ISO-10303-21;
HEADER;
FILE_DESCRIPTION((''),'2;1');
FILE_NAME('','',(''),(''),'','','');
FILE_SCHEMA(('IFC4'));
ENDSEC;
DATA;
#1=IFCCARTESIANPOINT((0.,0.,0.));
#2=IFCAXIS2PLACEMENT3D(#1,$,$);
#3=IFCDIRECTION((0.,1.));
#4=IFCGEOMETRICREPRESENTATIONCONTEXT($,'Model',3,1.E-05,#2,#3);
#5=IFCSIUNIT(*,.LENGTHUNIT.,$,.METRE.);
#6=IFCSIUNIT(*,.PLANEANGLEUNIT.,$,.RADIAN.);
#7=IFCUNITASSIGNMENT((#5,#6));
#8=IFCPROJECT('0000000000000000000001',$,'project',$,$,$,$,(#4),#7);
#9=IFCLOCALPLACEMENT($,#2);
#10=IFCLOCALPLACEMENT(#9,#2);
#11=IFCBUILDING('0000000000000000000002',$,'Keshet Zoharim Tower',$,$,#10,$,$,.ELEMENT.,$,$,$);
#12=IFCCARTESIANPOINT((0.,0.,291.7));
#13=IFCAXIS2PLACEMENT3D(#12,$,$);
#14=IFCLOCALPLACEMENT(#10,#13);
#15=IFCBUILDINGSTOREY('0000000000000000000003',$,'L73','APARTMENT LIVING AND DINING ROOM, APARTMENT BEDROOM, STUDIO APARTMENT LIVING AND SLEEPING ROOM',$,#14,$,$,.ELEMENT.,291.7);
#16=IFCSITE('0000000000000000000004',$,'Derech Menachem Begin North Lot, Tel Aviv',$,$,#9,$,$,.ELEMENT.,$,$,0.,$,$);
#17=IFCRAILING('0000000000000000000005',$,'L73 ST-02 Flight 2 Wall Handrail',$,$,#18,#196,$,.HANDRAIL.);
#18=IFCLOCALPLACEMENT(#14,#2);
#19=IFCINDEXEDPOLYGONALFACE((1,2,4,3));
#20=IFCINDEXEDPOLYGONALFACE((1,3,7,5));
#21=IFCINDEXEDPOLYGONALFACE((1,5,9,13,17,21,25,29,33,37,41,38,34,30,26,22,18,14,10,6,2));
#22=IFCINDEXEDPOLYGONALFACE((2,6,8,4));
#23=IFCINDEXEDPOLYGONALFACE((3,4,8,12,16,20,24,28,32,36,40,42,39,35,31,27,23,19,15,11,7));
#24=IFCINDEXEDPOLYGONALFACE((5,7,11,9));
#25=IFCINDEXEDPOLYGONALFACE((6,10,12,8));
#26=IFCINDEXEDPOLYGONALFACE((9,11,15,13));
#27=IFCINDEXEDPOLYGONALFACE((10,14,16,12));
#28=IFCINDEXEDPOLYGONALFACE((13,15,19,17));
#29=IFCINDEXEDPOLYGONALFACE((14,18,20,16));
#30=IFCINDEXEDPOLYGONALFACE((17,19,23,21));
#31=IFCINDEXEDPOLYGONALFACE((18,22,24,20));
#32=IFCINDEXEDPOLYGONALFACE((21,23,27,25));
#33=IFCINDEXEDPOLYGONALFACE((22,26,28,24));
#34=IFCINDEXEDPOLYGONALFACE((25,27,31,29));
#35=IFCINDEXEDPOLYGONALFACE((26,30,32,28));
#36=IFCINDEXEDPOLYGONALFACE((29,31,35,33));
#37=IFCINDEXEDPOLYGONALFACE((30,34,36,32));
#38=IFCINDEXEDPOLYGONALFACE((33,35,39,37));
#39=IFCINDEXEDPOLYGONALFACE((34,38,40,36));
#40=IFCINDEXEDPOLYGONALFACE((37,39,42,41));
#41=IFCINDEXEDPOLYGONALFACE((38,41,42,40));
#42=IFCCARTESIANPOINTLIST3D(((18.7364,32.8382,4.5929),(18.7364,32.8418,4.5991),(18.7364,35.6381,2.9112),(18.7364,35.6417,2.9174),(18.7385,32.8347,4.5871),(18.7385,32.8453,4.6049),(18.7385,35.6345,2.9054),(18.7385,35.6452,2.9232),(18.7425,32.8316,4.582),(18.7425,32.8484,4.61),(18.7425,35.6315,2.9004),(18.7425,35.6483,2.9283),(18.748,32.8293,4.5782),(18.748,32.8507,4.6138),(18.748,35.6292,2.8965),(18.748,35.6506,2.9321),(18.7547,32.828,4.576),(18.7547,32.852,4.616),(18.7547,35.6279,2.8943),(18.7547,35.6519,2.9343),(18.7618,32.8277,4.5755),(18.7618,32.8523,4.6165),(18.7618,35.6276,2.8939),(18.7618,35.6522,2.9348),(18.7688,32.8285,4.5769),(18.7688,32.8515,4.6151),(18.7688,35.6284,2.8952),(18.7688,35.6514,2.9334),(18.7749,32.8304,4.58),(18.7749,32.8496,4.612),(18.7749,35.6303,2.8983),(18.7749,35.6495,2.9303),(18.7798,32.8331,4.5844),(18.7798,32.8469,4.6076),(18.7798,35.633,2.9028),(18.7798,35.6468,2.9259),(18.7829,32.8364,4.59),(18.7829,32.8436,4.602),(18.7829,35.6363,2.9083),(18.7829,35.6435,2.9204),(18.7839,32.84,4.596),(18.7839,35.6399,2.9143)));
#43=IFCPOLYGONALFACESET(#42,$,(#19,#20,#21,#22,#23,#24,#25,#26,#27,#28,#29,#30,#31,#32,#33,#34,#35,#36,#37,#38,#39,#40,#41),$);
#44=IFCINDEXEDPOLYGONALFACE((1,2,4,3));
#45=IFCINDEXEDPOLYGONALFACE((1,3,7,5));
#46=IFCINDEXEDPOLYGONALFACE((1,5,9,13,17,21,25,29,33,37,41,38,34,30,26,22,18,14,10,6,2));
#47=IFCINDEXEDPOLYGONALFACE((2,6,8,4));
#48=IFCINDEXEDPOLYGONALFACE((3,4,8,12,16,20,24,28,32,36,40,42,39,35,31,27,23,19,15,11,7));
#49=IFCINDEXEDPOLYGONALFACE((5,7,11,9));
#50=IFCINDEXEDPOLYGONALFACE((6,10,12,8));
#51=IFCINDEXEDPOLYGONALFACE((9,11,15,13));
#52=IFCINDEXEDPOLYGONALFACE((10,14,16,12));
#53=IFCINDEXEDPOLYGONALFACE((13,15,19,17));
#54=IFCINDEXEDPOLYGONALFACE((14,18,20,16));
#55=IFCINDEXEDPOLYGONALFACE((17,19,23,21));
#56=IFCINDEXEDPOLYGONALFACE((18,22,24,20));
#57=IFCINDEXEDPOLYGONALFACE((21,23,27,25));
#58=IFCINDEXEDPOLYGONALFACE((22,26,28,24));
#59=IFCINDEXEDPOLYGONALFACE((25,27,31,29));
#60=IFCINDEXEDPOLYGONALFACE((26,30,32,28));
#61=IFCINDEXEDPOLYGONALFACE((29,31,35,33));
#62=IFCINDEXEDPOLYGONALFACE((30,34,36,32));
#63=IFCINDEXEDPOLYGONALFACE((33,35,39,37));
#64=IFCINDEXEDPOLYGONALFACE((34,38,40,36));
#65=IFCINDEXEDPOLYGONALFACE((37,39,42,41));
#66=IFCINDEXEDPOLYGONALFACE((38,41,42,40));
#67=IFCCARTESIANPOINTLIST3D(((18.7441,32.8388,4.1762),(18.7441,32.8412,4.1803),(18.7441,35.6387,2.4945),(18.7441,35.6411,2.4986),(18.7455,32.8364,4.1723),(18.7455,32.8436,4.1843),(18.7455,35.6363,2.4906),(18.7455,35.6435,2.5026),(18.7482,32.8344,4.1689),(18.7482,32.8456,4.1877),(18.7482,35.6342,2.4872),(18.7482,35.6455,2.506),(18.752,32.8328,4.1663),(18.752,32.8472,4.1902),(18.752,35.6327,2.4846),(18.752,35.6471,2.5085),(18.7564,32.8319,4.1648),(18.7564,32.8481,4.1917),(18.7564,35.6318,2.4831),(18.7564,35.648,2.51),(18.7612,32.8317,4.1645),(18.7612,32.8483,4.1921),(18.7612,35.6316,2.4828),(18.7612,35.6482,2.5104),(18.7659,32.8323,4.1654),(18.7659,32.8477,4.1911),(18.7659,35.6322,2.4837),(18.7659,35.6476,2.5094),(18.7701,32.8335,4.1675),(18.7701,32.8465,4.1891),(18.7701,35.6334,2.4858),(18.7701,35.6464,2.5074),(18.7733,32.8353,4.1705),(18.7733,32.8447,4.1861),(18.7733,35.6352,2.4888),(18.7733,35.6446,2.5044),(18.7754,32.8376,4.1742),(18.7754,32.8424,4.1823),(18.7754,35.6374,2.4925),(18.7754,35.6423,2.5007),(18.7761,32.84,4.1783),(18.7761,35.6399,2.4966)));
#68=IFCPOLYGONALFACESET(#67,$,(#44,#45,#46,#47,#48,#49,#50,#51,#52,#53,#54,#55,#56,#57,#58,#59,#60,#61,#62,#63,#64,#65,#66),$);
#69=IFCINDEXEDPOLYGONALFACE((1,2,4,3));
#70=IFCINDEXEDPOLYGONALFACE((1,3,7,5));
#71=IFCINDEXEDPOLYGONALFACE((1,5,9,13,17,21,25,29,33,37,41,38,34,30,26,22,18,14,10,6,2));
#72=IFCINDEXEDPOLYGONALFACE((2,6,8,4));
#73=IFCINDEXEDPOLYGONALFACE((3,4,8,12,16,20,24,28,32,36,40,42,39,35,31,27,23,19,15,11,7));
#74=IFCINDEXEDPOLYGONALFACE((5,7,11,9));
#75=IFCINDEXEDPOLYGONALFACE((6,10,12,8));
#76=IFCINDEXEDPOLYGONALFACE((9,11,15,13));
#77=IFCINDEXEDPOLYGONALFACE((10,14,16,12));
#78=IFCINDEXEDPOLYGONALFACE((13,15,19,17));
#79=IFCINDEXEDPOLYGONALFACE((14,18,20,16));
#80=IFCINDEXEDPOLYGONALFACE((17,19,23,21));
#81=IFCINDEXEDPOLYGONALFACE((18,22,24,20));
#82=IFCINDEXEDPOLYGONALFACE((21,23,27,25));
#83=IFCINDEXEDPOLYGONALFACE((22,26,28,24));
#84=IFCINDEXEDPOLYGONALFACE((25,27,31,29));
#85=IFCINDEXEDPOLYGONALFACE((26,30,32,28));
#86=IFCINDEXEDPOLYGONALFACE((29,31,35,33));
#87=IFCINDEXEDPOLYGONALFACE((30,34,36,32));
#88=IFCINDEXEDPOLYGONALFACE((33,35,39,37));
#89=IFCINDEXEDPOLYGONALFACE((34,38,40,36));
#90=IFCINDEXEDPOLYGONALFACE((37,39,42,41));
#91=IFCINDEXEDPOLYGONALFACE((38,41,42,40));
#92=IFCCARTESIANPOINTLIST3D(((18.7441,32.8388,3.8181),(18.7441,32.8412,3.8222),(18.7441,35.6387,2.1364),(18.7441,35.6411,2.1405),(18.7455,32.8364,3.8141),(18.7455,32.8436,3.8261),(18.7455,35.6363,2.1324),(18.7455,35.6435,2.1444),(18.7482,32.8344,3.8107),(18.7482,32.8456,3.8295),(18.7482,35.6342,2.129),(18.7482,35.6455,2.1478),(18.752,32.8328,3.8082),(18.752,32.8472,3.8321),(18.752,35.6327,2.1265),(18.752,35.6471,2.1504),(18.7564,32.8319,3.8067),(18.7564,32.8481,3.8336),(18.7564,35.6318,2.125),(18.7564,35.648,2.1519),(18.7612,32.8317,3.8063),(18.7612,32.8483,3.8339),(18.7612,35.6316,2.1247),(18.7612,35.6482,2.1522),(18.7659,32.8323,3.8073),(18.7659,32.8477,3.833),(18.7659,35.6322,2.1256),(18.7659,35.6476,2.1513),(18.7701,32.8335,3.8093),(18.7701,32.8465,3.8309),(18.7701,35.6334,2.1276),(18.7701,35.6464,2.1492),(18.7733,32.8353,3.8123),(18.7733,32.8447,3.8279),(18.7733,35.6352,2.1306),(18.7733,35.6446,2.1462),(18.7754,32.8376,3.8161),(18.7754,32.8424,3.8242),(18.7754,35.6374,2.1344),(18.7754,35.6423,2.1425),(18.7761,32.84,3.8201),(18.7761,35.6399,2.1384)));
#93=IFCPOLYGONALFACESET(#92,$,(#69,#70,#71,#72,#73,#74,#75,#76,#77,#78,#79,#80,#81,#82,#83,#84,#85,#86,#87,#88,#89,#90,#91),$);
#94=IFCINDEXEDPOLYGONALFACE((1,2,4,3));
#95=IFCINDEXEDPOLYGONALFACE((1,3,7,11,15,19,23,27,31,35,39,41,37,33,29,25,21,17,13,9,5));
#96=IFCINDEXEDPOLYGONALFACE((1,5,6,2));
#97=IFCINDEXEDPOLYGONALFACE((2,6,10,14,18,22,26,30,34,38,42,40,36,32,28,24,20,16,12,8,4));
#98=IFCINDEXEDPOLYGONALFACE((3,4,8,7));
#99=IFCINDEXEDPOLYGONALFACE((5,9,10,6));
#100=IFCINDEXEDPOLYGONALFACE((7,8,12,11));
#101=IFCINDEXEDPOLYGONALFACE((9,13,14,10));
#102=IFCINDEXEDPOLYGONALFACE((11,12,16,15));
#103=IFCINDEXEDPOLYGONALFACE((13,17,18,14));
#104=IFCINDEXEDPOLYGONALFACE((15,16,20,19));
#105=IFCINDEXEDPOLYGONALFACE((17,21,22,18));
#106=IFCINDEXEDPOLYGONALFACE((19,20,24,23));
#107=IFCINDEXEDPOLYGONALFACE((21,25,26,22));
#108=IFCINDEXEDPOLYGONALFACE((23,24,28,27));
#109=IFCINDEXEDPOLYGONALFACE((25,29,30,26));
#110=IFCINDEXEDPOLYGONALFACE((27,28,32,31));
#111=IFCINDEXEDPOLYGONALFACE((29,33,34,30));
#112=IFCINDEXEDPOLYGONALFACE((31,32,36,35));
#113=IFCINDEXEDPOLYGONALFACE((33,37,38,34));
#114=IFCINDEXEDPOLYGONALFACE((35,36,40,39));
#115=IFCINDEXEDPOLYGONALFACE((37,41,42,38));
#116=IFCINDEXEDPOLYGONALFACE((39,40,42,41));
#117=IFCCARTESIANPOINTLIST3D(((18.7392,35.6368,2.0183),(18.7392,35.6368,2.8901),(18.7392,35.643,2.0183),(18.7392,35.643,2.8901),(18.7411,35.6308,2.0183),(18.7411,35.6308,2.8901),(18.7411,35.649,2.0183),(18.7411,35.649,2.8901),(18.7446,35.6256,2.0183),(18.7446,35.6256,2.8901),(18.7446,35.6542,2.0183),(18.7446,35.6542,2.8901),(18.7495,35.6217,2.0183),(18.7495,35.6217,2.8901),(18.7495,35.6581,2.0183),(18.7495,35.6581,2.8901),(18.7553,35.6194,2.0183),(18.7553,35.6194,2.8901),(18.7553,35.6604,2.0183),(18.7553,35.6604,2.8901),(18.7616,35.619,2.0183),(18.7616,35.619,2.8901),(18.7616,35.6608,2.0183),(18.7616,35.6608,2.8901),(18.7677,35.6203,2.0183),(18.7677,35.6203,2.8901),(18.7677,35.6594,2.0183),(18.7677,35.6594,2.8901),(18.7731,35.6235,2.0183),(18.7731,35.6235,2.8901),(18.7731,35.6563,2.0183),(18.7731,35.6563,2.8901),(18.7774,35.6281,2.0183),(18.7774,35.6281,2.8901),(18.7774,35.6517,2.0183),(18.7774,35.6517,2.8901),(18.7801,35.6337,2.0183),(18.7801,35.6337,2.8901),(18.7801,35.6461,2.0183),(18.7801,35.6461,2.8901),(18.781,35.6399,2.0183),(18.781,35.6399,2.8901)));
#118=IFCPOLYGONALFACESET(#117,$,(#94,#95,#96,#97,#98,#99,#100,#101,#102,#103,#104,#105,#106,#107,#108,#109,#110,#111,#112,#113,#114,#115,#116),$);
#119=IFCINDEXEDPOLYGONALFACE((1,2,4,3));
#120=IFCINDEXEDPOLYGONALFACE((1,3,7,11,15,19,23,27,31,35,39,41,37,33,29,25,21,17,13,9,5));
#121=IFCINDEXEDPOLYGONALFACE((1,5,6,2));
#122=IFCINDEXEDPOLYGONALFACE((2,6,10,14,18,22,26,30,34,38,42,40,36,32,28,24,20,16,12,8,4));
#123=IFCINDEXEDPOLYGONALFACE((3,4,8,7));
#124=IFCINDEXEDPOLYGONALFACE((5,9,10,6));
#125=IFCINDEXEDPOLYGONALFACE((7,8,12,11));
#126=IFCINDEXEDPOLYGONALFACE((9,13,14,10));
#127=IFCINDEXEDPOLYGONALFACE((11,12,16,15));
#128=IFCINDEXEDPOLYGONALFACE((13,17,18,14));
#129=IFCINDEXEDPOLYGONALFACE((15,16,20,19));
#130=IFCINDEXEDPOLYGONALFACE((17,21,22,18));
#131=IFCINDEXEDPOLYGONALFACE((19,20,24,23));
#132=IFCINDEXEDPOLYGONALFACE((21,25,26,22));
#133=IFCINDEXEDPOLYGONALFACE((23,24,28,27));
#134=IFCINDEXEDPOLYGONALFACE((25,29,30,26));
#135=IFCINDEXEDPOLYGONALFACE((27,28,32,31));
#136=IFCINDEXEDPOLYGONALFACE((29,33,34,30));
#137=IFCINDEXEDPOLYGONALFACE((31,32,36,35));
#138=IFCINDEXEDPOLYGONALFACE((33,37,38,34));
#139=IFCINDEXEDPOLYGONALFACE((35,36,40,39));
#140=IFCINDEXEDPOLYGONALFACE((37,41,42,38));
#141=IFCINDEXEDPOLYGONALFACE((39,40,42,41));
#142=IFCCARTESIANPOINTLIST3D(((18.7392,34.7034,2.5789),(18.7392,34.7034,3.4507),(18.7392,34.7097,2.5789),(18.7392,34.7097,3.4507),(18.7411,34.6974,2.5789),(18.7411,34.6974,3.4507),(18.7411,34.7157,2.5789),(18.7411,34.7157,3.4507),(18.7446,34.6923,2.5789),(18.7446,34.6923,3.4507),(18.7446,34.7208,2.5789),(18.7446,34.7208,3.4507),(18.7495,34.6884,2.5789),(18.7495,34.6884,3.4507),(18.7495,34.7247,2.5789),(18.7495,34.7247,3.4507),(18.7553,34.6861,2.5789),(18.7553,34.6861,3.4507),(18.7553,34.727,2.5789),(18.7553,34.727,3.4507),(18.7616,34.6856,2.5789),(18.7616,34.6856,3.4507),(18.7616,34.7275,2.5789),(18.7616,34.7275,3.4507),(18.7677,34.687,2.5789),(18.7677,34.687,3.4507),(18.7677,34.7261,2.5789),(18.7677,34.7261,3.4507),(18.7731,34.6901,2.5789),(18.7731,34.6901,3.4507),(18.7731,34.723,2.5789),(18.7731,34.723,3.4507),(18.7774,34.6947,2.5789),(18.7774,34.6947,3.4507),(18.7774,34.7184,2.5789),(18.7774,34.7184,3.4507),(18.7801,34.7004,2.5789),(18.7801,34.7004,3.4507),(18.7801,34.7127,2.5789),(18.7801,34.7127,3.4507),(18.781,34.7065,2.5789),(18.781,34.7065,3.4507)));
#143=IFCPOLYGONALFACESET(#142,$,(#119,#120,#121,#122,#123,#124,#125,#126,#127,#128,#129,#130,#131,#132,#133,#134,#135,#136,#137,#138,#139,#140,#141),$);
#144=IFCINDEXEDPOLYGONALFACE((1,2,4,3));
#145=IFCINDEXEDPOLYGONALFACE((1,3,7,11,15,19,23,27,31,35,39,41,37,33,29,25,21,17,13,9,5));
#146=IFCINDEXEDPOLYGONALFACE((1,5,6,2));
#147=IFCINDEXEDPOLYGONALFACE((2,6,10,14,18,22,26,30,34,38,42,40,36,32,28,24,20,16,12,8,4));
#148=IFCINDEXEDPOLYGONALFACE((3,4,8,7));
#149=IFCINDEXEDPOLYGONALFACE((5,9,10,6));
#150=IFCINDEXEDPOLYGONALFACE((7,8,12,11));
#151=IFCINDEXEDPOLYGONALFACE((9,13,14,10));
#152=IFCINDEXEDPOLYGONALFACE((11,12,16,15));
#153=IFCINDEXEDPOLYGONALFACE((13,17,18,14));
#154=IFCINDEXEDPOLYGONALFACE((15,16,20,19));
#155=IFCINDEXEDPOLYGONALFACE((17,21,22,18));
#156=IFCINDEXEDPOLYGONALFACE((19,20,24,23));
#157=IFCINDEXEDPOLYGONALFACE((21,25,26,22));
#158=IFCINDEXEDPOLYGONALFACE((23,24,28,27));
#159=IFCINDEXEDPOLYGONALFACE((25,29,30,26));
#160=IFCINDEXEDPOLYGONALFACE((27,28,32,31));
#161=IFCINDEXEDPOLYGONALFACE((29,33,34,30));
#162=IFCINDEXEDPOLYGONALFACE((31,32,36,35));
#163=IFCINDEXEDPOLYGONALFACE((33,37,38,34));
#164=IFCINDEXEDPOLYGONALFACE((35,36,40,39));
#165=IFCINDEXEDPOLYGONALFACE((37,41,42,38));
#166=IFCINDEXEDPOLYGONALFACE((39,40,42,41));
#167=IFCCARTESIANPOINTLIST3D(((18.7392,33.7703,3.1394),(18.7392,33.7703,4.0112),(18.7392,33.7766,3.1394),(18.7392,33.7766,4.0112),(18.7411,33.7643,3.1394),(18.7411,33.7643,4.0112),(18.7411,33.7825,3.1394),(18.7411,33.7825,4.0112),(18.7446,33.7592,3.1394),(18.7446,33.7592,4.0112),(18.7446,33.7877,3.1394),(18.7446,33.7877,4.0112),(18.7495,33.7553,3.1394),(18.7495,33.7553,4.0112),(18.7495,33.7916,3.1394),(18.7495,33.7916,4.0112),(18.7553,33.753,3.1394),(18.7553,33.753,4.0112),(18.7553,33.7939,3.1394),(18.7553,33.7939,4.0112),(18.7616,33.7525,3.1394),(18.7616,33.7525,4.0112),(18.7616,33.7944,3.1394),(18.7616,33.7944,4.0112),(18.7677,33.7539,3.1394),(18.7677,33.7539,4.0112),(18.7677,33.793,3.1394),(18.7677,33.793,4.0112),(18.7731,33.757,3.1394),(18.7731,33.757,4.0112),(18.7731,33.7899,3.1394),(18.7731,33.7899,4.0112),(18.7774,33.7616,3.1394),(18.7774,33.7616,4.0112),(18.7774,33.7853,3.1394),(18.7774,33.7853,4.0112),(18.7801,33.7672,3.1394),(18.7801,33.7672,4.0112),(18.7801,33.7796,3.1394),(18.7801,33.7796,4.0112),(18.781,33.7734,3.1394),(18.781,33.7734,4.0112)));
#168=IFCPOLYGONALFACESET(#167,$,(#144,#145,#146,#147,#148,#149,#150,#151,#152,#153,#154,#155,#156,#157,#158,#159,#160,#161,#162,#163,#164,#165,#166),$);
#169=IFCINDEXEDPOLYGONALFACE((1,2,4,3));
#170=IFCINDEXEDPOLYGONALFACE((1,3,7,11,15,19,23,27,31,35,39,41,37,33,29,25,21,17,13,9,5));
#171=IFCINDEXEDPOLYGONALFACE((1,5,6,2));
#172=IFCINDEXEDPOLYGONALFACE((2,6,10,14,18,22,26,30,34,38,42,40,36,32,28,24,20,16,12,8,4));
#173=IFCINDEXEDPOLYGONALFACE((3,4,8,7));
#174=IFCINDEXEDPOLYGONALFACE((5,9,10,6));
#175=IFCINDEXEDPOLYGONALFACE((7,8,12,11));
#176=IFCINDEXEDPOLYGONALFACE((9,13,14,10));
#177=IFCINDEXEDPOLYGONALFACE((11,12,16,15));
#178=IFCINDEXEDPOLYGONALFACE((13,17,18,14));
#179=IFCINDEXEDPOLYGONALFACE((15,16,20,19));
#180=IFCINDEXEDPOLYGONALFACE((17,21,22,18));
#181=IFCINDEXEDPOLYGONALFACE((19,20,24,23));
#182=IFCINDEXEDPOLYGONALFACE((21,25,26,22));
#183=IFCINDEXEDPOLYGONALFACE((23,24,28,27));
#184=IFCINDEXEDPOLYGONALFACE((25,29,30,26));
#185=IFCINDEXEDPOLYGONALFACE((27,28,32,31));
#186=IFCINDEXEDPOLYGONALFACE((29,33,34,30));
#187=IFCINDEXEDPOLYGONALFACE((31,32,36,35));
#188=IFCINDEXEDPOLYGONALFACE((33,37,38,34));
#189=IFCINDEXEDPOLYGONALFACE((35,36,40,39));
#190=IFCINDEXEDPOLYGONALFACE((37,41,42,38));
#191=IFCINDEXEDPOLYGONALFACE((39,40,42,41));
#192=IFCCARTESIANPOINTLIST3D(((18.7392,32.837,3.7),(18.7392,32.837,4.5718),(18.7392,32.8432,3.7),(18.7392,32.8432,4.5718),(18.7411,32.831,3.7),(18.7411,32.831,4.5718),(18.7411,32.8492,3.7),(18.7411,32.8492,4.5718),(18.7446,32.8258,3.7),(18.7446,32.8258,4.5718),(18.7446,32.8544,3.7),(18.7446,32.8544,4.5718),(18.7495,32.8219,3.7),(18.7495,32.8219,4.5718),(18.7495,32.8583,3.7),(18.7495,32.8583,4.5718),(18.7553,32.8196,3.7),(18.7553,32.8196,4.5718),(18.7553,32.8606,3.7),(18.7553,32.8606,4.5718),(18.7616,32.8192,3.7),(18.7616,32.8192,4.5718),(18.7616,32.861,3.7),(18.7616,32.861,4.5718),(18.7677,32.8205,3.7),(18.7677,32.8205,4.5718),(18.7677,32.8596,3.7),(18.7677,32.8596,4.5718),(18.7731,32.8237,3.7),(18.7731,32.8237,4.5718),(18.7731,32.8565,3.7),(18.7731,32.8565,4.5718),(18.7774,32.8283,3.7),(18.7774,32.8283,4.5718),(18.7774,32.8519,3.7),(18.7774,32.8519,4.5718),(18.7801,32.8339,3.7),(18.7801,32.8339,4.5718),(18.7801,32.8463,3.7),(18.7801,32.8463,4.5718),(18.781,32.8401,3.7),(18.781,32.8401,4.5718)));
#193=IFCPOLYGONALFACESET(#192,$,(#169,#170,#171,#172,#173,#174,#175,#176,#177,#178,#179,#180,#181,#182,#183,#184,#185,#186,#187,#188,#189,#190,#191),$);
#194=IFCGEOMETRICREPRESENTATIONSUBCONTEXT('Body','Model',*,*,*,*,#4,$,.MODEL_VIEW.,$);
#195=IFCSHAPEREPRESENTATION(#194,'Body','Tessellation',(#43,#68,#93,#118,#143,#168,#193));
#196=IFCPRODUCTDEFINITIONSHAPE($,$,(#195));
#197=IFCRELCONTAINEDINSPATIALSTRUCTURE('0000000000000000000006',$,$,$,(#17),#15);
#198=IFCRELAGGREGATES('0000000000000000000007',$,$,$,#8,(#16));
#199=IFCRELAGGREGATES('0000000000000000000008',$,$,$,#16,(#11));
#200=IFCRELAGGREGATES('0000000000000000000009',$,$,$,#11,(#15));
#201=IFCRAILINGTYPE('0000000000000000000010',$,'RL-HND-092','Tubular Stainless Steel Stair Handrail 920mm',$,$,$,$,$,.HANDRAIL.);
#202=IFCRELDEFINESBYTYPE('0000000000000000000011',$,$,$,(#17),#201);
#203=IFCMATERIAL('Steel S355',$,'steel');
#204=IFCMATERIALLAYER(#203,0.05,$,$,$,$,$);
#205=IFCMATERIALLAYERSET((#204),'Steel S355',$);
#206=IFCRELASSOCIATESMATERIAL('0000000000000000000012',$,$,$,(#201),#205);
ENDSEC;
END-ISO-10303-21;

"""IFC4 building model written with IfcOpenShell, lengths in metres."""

from ifc_helpers import new_model, si_unit, direction, frame, origin, origin_2d, place, context, subcontext, project, spatial, circle, extrude, material, layer, layer_set, type_object, element, save


model = new_model("IFC4")

# Units and contexts
model_context = context("Model", 3, precision=1e-05, world=origin(), true_north=direction((0.0, 1.0)))
body_context = subcontext(model_context, "Body", "Model", "MODEL_VIEW")
ifc_project = project(units=[si_unit("LENGTHUNIT", "METRE"), si_unit("PLANEANGLEUNIT", "RADIAN")], contexts=[model_context])

# Site, building, storey
site_placement = place(None, origin())
site = spatial("IfcSite", under=ifc_project, at=site_placement, Name="Derech Menachem Begin North Lot, Tel Aviv", CompositionType="ELEMENT", RefElevation=0.0)
building_placement = place(site_placement, origin())
building = spatial("IfcBuilding", under=site, at=building_placement, Name="Keshet Zoharim Tower", CompositionType="ELEMENT")
storey_placement = place(building_placement, frame((0.0, 0.0, 291.7)))
storey = spatial("IfcBuildingStorey", under=building, at=storey_placement, Name="L73", Description="APARTMENT LIVING AND DINING ROOM, APARTMENT BEDROOM, STUDIO APARTMENT LIVING AND SLEEPING ROOM", CompositionType="ELEMENT", Elevation=291.7)

# Shared definitions
ifc_material_1 = material(Name="Steel S355", Category="steel")

# Railing
ifc_layer_1 = layer(ifc_material_1, 0.05)
ifc_layer_set_1 = layer_set([ifc_layer_1], Name="Steel S355")
railing_type_1 = type_object("IfcRailingType", Name="RL-HND-092", Description="Tubular Stainless Steel Stair Handrail 920mm", PredefinedType="HANDRAIL", material=ifc_layer_set_1)
railing_1_placement = place(storey_placement, frame((18.76, 35.6399, 2.0183)))
element("IfcRailing", 1, at=railing_1_placement, inside=storey, type_object=railing_type_1, Name="L73 ST-02 Flight 2 Wall Handrail", PredefinedType="HANDRAIL", context=body_context, shape_type="SweptSolid", body=[
    extrude(circle(Radius=0.0239, at=origin_2d()), frame((0.0, 0.0, 0.896), z_axis=(0.0, -0.857255, 0.514891), x_axis=(1.0, 0.0, 0.0)), (0.0, 0.0, 1.0), 3.2661),
    extrude(circle(Radius=0.0161, at=origin_2d()), frame((0.0, 0.0, 0.4783), z_axis=(0.0, -0.857255, 0.514891), x_axis=(1.0, 0.0, 0.0)), (0.0, 0.0, 1.0), 3.2661),
    extrude(circle(Radius=0.0161, at=origin_2d()), frame((0.0, 0.0, 0.1201), z_axis=(0.0, -0.857255, 0.514891), x_axis=(1.0, 0.0, 0.0)), (0.0, 0.0, 1.0), 3.2661),
    extrude(circle(Radius=0.021, at=origin_2d()), origin(), (0.0, 0.0, 1.0), 0.8718),
    extrude(circle(Radius=0.021, at=origin_2d()), frame((0.0, -0.9333, 0.5605)), (0.0, 0.0, 1.0), 0.8718),
    extrude(circle(Radius=0.021, at=origin_2d()), frame((0.0, -1.8665, 1.1211)), (0.0, 0.0, 1.0), 0.8718),
    extrude(circle(Radius=0.021, at=origin_2d()), frame((0.0, -2.7998, 1.6816)), (0.0, 0.0, 1.0), 0.8718),
])

save(model, "model.ifc")
